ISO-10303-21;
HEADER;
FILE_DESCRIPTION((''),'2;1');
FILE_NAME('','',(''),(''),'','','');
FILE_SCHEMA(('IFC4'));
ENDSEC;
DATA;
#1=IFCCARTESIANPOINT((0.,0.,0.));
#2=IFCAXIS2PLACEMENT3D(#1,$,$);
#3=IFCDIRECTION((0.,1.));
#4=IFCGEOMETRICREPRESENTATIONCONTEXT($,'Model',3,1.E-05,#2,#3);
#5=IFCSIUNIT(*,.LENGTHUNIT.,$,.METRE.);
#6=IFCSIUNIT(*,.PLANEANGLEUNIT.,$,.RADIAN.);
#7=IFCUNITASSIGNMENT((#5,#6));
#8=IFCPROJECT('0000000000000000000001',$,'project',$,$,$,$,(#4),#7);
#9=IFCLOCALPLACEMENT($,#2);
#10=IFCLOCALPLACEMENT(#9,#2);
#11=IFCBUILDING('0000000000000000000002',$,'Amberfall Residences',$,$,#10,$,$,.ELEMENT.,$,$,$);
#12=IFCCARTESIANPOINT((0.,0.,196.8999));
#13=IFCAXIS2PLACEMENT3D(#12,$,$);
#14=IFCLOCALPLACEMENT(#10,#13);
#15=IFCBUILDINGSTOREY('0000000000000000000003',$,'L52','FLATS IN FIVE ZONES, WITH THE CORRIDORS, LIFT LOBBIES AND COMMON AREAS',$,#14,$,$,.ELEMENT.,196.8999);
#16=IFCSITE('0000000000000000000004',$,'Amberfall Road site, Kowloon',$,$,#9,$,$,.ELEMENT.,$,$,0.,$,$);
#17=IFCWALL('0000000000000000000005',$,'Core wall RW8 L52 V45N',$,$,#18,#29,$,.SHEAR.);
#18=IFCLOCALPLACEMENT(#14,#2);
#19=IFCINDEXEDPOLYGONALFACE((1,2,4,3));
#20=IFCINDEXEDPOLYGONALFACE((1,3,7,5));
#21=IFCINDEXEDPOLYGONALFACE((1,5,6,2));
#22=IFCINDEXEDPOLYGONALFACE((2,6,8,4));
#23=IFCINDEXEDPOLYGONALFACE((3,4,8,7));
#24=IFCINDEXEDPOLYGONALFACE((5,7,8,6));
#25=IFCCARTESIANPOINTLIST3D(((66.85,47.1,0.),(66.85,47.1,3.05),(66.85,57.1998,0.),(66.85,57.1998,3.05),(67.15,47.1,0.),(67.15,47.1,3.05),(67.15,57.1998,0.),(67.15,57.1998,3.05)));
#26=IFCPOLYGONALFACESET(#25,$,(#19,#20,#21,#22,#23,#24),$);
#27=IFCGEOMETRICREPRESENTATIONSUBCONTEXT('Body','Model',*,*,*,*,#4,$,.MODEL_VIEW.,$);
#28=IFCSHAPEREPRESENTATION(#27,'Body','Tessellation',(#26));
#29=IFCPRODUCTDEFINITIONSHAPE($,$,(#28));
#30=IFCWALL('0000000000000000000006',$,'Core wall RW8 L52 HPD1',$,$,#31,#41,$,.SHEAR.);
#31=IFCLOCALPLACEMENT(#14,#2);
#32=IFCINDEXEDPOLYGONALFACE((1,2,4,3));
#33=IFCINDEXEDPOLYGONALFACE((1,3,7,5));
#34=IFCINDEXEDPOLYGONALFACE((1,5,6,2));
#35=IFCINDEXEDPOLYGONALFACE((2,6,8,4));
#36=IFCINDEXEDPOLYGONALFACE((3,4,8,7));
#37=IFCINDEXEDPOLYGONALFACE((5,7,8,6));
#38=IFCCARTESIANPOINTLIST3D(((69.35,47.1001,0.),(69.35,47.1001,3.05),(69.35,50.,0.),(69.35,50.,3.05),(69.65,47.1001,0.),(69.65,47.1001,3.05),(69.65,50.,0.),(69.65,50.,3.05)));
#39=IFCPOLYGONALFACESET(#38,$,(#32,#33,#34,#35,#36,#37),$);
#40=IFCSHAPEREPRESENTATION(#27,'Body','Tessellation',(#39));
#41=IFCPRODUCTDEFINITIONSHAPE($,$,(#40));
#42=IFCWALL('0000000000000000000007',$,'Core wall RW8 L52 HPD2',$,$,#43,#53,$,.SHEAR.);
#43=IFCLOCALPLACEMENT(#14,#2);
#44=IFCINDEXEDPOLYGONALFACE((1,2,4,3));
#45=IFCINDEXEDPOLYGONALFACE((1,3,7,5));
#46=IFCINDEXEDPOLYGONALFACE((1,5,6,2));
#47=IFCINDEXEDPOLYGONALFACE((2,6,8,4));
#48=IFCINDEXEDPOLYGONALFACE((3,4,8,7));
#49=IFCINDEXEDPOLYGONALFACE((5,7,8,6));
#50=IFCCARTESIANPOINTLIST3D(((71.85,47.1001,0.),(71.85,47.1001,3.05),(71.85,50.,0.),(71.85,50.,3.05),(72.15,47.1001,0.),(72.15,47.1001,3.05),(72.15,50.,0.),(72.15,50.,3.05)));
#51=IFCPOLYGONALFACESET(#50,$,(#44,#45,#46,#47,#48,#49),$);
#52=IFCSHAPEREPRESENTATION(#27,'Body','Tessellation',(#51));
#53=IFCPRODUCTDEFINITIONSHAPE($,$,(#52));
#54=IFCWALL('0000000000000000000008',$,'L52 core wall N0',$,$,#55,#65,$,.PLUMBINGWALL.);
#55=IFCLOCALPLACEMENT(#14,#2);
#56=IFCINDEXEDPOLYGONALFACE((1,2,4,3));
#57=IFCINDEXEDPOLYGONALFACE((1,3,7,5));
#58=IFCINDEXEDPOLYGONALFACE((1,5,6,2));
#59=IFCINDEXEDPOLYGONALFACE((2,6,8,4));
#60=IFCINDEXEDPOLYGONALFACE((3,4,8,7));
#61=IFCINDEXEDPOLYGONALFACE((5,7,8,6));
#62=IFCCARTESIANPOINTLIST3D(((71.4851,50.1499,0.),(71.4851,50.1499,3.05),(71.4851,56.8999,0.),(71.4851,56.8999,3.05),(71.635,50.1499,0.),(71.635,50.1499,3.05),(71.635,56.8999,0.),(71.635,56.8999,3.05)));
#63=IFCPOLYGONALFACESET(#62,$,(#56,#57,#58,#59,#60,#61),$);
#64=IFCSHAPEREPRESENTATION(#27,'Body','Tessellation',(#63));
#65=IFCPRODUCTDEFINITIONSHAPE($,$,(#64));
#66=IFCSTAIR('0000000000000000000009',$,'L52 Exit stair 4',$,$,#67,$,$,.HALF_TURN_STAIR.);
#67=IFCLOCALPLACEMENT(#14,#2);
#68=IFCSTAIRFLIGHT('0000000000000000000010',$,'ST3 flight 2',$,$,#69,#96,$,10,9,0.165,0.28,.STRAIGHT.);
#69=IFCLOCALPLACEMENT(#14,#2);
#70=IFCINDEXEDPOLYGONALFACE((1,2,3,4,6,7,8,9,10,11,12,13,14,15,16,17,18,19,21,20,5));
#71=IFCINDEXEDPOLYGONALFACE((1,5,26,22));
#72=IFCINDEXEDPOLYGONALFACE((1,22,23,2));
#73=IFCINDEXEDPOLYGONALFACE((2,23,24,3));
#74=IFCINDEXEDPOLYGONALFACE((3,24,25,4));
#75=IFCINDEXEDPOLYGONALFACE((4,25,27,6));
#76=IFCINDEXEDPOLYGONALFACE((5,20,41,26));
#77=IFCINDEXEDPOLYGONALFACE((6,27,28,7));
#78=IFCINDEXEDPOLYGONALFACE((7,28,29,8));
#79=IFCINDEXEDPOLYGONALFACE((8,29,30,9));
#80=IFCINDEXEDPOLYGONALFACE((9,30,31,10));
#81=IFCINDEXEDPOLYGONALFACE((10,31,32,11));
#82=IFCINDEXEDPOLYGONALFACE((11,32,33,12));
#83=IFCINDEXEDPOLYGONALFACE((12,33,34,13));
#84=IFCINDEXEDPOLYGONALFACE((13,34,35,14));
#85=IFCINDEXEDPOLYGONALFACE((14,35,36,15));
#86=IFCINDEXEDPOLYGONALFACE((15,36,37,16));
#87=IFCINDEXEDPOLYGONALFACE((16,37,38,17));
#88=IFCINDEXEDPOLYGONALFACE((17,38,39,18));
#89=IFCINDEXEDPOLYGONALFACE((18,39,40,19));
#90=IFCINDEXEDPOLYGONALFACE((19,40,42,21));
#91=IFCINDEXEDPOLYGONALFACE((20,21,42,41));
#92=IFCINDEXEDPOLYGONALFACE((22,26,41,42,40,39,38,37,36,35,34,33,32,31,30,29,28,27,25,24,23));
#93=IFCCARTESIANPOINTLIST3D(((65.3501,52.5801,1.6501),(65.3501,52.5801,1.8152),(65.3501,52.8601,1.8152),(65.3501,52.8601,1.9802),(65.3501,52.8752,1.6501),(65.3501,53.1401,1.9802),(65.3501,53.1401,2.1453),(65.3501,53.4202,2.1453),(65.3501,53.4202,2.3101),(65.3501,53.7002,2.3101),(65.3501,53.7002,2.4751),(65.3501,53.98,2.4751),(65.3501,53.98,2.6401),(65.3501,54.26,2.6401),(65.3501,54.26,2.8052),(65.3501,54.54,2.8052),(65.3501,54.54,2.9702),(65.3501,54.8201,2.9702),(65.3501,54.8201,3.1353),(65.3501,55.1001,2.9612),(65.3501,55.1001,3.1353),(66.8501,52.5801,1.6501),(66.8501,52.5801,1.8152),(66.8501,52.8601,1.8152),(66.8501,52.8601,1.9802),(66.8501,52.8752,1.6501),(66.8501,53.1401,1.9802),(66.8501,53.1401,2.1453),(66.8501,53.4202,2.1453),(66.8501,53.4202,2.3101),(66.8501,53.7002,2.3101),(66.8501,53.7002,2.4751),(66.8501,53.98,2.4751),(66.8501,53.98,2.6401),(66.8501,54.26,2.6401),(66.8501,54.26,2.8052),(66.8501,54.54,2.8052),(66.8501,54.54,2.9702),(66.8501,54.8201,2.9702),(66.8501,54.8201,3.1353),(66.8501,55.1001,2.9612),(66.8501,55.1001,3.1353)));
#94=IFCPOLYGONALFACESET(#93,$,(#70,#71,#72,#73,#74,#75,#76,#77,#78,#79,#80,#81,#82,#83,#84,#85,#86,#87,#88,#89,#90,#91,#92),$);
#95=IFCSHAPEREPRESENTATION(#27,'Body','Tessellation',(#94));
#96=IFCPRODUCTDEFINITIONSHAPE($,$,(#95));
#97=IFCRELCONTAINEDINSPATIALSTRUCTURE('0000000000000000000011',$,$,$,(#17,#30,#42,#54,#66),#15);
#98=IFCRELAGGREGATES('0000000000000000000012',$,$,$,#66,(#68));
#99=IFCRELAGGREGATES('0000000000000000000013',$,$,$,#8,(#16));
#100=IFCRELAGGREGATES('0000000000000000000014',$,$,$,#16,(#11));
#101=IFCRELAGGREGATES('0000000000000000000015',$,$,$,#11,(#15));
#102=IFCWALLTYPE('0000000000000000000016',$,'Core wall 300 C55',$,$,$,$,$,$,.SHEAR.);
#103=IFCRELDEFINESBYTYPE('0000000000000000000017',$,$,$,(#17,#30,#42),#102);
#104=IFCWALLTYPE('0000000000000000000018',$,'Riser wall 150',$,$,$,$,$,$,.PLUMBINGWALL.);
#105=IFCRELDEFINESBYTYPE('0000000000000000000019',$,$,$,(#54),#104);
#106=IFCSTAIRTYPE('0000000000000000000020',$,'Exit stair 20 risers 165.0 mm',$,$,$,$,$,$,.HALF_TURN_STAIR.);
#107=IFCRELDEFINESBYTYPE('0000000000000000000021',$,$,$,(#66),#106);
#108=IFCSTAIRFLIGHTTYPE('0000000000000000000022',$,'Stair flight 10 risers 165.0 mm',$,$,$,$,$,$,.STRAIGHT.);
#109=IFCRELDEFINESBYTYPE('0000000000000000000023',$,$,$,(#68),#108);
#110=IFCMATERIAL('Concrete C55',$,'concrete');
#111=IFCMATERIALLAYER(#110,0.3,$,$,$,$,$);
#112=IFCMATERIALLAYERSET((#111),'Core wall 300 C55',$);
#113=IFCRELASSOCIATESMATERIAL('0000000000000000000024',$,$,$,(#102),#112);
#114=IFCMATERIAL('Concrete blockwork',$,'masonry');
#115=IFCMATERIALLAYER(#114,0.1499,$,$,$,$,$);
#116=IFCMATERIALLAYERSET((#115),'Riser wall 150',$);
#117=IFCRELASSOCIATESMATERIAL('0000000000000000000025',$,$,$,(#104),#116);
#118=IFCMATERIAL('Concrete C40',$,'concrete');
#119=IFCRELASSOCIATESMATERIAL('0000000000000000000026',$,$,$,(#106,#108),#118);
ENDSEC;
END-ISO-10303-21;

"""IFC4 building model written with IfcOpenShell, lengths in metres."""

from ifc_helpers import new_model, si_unit, direction, frame, frame_2d, origin, place, context, subcontext, project, spatial, polyline, rectangle, outline, extrude, material, layer, layer_set, type_object, element, aggregate, save


model = new_model("IFC4")

# Units and contexts
model_context = context("Model", 3, precision=1e-05, world=origin(), true_north=direction((0.0, 1.0)))
body_context = subcontext(model_context, "Body", "Model", "MODEL_VIEW")
ifc_project = project(units=[si_unit("LENGTHUNIT", "METRE"), si_unit("PLANEANGLEUNIT", "RADIAN")], contexts=[model_context])

# Site, building, storey
site_placement = place(None, origin())
site = spatial("IfcSite", under=ifc_project, at=site_placement, Name="Amberfall Road site, Kowloon", CompositionType="ELEMENT", RefElevation=0.0)
building_placement = place(site_placement, origin())
building = spatial("IfcBuilding", under=site, at=building_placement, Name="Amberfall Residences", CompositionType="ELEMENT")
storey_placement = place(building_placement, frame((0.0, 0.0, 196.8999)))
storey = spatial("IfcBuildingStorey", under=building, at=storey_placement, Name="L52", Description="FLATS IN FIVE ZONES, WITH THE CORRIDORS, LIFT LOBBIES AND COMMON AREAS", CompositionType="ELEMENT", Elevation=196.8999)

# Walls
ifc_material_1 = material(Name="Concrete C55", Category="concrete")
ifc_layer_1 = layer(ifc_material_1, 0.3)
ifc_layer_set_1 = layer_set([ifc_layer_1], Name="Core wall 300 C55")
wall_type_1 = type_object("IfcWallType", Name="Core wall 300 C55", PredefinedType="SHEAR", material=ifc_layer_set_1)
wall_1_placement = place(storey_placement, frame((67.0, 47.1001, 0.0), z_axis=(0.0, 0.0, 1.0), x_axis=(0.0, 1.0, 0.0)))
element("IfcWall", 1, at=wall_1_placement, inside=storey, type_object=wall_type_1, Name="Core wall RW8 L52 V45N", PredefinedType="SHEAR", context=body_context, shape_type="SweptSolid", body=[
    extrude(rectangle(XDim=10.0999, YDim=0.3, at=frame_2d((5.0498, 0.0))), origin(), (0.0, 0.0, 1.0), 3.05),
])
for number, where, z_axis, x_axis, name in (
    (2, (69.5, 47.1001, 0.0), (0.0, 0.0, 1.0), (0.0, 1.0, 0.0), "Core wall RW8 L52 HPD1"),
    (3, (72.0, 47.1001, 0.0), (0.0, 0.0, 1.0), (0.0, 1.0, 0.0), "Core wall RW8 L52 HPD2"),
):
    element("IfcWall", number, at=place(storey_placement, frame(where, z_axis=z_axis, x_axis=x_axis)), inside=storey, type_object=wall_type_1, Name=name, PredefinedType="SHEAR", context=body_context, shape_type="SweptSolid", body=[
        extrude(rectangle(XDim=2.8999, YDim=0.3, at=frame_2d((1.45, 0.0))), origin(), (0.0, 0.0, 1.0), 3.05),
    ])
ifc_material_2 = material(Name="Concrete blockwork", Category="masonry")
ifc_layer_2 = layer(ifc_material_2, 0.1499)
ifc_layer_set_2 = layer_set([ifc_layer_2], Name="Riser wall 150")
wall_type_2 = type_object("IfcWallType", Name="Riser wall 150", PredefinedType="PLUMBINGWALL", material=ifc_layer_set_2)
wall_2_placement = place(storey_placement, frame((71.5601, 50.1499, 0.0), z_axis=(0.0, 0.0, 1.0), x_axis=(0.0, 1.0, 0.0)))
element("IfcWall", 4, at=wall_2_placement, inside=storey, type_object=wall_type_2, Name="L52 core wall N0", PredefinedType="PLUMBINGWALL", context=body_context, shape_type="SweptSolid", body=[
    extrude(rectangle(XDim=6.75, YDim=0.1499, at=frame_2d((3.375, 0.0))), origin(), (0.0, 0.0, 1.0), 3.05),
])

# Stair, stair flight
ifc_material_3 = material(Name="Concrete C40", Category="concrete")
stair_type = type_object("IfcStairType", Name="Exit stair 20 risers 165.0 mm", PredefinedType="HALF_TURN_STAIR", material=ifc_material_3)
stair_placement = place(storey_placement, origin())
stair = element("IfcStair", 5, at=stair_placement, inside=storey, type_object=stair_type, Name="L52 Exit stair 4", PredefinedType="HALF_TURN_STAIR")
stair_flight_type = type_object("IfcStairFlightType", Name="Stair flight 10 risers 165.0 mm", PredefinedType="STRAIGHT", material=ifc_material_3)
stair_flight_placement = place(storey_placement, frame((66.1001, 52.5801, 1.6501), z_axis=(0.0, 0.0, 1.0), x_axis=(0.0, 1.0, 0.0)))
stair_flight = element("IfcStairFlight", 6, at=stair_flight_placement, type_object=stair_flight_type, Name="ST3 flight 2", NumberOfRisers=10, NumberOfTreads=9, PredefinedType="STRAIGHT", RiserHeight=0.165, TreadLength=0.28, context=body_context, shape_type="SweptSolid", body=[
    extrude(outline(polyline([(0.0, 0.0), (0.0, 0.165), (0.28, 0.165), (0.28, 0.3301), (0.5601, 0.3301), (0.5601, 0.4951), (0.8401, 0.4951), (0.8401, 0.6599), (1.1201, 0.6599), (1.1201, 0.825), (1.3999, 0.825), (1.3999, 0.99), (1.6799, 0.99), (1.6799, 1.155), (1.96, 1.155), (1.96, 1.3201), (2.24, 1.3201), (2.24, 1.4851), (2.52, 1.4851), (2.52, 1.6499), (2.52, 1.311), (0.2952, 0.0), (0.0, 0.0)])), frame((0.0, 0.75, 0.0), z_axis=(0.0, -1.0, 0.0), x_axis=(1.0, 0.0, 0.0)), (0.0, 0.0, 1.0), 1.5),
])
aggregate(stair, [stair_flight])

save(model, "model.ifc")
